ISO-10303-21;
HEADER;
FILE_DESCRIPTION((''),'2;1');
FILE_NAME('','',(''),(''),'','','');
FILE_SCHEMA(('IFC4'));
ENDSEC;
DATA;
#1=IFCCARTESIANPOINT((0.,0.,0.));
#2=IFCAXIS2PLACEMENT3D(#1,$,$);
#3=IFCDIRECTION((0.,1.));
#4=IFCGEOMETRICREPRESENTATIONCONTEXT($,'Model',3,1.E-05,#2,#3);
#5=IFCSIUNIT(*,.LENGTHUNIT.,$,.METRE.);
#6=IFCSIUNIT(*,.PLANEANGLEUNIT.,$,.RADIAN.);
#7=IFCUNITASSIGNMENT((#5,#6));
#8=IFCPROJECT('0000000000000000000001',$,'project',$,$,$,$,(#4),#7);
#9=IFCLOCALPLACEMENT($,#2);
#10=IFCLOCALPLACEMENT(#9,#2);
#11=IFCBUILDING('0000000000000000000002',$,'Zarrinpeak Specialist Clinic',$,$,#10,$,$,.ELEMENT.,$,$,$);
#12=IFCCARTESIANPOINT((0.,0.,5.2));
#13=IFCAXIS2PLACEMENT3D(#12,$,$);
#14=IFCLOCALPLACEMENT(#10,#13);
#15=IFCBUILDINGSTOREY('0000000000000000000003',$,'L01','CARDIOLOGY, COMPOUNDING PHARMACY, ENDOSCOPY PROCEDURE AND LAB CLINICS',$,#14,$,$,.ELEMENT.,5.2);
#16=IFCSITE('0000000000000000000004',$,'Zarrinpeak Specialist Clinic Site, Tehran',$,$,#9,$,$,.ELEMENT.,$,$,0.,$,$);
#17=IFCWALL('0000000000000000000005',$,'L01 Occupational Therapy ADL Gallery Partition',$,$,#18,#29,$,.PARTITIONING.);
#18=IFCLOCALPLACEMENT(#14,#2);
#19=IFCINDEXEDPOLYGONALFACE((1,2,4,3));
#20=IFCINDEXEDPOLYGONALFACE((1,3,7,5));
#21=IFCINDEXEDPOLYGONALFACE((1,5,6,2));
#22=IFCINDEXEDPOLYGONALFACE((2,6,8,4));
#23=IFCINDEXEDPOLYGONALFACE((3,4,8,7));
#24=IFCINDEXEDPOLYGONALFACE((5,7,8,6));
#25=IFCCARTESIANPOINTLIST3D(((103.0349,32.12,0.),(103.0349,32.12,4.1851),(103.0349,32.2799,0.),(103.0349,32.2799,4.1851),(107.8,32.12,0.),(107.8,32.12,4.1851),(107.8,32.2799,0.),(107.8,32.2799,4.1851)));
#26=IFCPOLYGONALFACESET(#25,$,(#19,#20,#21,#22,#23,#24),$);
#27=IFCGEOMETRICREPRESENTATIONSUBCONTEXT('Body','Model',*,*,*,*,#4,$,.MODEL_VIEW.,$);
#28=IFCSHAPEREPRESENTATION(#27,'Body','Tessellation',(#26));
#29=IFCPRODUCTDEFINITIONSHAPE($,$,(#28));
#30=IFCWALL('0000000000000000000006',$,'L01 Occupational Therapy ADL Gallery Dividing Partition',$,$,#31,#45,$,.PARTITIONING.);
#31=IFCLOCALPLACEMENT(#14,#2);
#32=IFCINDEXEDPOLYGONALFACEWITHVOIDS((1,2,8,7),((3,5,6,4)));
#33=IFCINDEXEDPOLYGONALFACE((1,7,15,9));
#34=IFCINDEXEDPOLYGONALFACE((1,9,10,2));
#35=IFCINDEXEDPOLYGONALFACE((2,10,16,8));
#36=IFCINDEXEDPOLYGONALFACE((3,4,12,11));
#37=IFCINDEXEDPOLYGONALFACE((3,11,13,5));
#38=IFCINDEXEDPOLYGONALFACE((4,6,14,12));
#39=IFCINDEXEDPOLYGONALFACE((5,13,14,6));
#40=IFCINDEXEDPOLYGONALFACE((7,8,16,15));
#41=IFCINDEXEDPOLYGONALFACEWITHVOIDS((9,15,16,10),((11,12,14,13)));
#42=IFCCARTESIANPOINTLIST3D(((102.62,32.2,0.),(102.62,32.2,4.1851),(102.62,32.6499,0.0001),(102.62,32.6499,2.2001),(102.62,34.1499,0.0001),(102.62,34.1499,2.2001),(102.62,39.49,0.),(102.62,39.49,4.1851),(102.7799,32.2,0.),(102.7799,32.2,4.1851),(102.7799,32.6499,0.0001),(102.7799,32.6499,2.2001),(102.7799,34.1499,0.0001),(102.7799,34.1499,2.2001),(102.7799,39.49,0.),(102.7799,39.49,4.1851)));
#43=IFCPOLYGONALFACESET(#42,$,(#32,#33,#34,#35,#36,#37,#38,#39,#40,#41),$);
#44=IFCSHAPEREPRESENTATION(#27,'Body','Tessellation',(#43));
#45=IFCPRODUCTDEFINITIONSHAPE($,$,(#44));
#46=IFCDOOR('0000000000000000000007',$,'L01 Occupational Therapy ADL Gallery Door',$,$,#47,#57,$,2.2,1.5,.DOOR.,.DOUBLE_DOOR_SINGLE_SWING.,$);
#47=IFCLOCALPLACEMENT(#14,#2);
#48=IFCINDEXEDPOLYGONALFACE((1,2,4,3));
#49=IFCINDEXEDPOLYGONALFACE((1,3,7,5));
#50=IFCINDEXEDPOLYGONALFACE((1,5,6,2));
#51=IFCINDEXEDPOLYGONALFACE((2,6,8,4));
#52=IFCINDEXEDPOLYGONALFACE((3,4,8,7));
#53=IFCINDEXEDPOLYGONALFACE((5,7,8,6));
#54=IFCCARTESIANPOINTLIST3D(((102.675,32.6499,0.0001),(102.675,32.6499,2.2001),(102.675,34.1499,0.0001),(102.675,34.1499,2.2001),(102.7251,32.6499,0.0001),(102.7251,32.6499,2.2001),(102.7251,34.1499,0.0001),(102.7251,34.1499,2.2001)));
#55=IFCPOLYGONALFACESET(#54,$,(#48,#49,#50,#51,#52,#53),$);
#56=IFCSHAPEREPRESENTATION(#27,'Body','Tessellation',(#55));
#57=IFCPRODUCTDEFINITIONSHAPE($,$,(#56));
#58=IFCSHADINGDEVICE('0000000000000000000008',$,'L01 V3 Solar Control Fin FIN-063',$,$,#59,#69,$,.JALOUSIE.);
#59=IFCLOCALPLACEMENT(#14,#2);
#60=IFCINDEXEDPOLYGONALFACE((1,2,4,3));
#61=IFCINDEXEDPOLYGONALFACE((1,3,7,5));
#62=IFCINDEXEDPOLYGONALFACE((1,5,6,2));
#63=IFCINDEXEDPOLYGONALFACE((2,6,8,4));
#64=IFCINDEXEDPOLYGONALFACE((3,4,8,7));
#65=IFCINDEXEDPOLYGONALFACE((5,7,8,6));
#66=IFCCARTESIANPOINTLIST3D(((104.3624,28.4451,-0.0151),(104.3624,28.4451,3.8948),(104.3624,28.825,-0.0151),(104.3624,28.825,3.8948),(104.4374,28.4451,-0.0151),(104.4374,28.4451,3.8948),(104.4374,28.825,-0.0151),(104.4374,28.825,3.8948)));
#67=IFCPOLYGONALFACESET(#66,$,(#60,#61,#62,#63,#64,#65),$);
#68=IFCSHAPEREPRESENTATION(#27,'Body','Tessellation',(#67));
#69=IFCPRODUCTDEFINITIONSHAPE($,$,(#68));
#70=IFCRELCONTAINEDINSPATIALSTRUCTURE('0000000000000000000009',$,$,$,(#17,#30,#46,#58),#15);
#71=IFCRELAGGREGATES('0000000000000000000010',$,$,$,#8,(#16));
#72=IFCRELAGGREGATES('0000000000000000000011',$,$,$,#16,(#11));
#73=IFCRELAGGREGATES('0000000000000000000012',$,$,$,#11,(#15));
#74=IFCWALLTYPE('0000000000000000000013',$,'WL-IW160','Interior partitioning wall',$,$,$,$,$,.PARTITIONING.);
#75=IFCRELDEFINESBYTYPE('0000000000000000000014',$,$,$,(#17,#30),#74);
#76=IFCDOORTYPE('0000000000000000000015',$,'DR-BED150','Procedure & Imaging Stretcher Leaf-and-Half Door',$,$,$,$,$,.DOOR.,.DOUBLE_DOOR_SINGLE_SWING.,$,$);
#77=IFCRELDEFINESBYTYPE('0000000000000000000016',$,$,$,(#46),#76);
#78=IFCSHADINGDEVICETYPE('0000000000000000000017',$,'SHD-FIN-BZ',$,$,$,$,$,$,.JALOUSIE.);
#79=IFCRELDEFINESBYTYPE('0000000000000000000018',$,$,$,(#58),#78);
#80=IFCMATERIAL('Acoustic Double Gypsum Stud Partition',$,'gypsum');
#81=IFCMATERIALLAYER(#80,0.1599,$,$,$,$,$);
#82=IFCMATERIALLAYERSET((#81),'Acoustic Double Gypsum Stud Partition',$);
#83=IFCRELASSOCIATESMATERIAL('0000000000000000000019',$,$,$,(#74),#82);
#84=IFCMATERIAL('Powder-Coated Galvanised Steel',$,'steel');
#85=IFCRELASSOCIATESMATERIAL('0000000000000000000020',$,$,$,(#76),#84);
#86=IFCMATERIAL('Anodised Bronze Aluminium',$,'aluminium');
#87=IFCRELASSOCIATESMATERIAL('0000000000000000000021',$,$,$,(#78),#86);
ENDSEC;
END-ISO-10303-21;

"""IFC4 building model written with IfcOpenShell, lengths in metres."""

from ifc_helpers import new_model, si_unit, direction, frame, frame_2d, origin, origin_2d, place, context, subcontext, project, spatial, rectangle, extrude, material, layer, layer_set, type_object, element, fill, save


model = new_model("IFC4")

# Units and contexts
model_context = context("Model", 3, precision=1e-05, world=origin(), true_north=direction((0.0, 1.0)))
body_context = subcontext(model_context, "Body", "Model", "MODEL_VIEW")
ifc_project = project(units=[si_unit("LENGTHUNIT", "METRE"), si_unit("PLANEANGLEUNIT", "RADIAN")], contexts=[model_context])

# Site, building, storey
site_placement = place(None, origin())
site = spatial("IfcSite", under=ifc_project, at=site_placement, Name="Zarrinpeak Specialist Clinic Site, Tehran", CompositionType="ELEMENT", RefElevation=0.0)
building_placement = place(site_placement, origin())
building = spatial("IfcBuilding", under=site, at=building_placement, Name="Zarrinpeak Specialist Clinic", CompositionType="ELEMENT")
storey_placement = place(building_placement, frame((0.0, 0.0, 5.2)))
storey = spatial("IfcBuildingStorey", under=building, at=storey_placement, Name="L01", Description="CARDIOLOGY, COMPOUNDING PHARMACY, ENDOSCOPY PROCEDURE AND LAB CLINICS", CompositionType="ELEMENT", Elevation=5.2)

# Wall
ifc_material_1 = material(Name="Acoustic Double Gypsum Stud Partition", Category="gypsum")
ifc_layer_1 = layer(ifc_material_1, 0.1599)
ifc_layer_set_1 = layer_set([ifc_layer_1], Name="Acoustic Double Gypsum Stud Partition")
wall_type_1 = type_object("IfcWallType", Name="WL-IW160", Description="Interior partitioning wall", PredefinedType="PARTITIONING", material=ifc_layer_set_1)
wall_1_placement = place(storey_placement, frame((103.0349, 32.2, 0.0), z_axis=(0.0, 0.0, 1.0), x_axis=(1.0, 0.0, 0.0)))
element("IfcWall", 1, at=wall_1_placement, inside=storey, type_object=wall_type_1, Name="L01 Occupational Therapy ADL Gallery Partition", PredefinedType="PARTITIONING", context=body_context, shape_type="SweptSolid", body=[
    extrude(rectangle(XDim=4.7651, YDim=0.1599, at=frame_2d((2.3826, 0.0))), origin(), (0.0, 0.0, 1.0), 4.1851),
])

# Wall, opening, door
wall_2_placement = place(storey_placement, frame((102.7, 32.2, 0.0), z_axis=(0.0, 0.0, 1.0), x_axis=(0.0, 1.0, 0.0)))
wall_2 = element("IfcWall", 2, at=wall_2_placement, inside=storey, type_object=wall_type_1, Name="L01 Occupational Therapy ADL Gallery Dividing Partition", PredefinedType="PARTITIONING", context=body_context, shape_type="SweptSolid", body=[
    extrude(rectangle(XDim=7.29, YDim=0.1599, at=frame_2d((3.645, 0.0))), origin(), (0.0, 0.0, 1.0), 4.1851),
])
opening_placement = place(wall_2_placement, frame((0.45, 0.0, 0.0)))
opening = element("IfcOpeningElement", 3, at=opening_placement, cuts=wall_2, PredefinedType="OPENING", context=body_context, shape_type="SweptSolid", body=[
    extrude(rectangle(XDim=1.5, YDim=2.2, at=frame_2d((0.75, 1.1001))), frame((0.0, 0.0898, 0.0), z_axis=(0.0, -1.0, 0.0), x_axis=(1.0, 0.0, 0.0)), (0.0, 0.0, 1.0), 0.1799),
])
ifc_material_2 = material(Name="Powder-Coated Galvanised Steel", Category="steel")
door_type = type_object("IfcDoorType", Name="DR-BED150", Description="Procedure & Imaging Stretcher Leaf-and-Half Door", OperationType="DOUBLE_DOOR_SINGLE_SWING", PredefinedType="DOOR", material=ifc_material_2)
door_placement = place(opening_placement, origin())
door = element("IfcDoor", 4, at=door_placement, inside=storey, type_object=door_type, Name="L01 Occupational Therapy ADL Gallery Door", OperationType="DOUBLE_DOOR_SINGLE_SWING", OverallHeight=2.2, OverallWidth=1.5, PredefinedType="DOOR", context=body_context, shape_type="SweptSolid", body=[
    extrude(rectangle(XDim=1.5, YDim=2.2, at=frame_2d((0.75, 1.1001))), frame((0.0, 0.0249, 0.0), z_axis=(0.0, -1.0, 0.0), x_axis=(1.0, 0.0, 0.0)), (0.0, 0.0, 1.0), 0.05),
])
fill(opening, door)

# Shading device
ifc_material_3 = material(Name="Anodised Bronze Aluminium", Category="aluminium")
shading_device_type = type_object("IfcShadingDeviceType", Name="SHD-FIN-BZ", PredefinedType="JALOUSIE", material=ifc_material_3)
shading_device_placement = place(storey_placement, frame((104.3999, 28.635, -0.0151), z_axis=(0.0, 0.0, 1.0), x_axis=(1.0, 0.0, 0.0)))
element("IfcShadingDevice", 5, at=shading_device_placement, inside=storey, type_object=shading_device_type, Name="L01 V3 Solar Control Fin FIN-063", PredefinedType="JALOUSIE", context=body_context, shape_type="SweptSolid", body=[
    extrude(rectangle(XDim=0.075, YDim=0.3799, at=origin_2d()), origin(), (0.0, 0.0, 1.0), 3.9099),
])

save(model, "model.ifc")
